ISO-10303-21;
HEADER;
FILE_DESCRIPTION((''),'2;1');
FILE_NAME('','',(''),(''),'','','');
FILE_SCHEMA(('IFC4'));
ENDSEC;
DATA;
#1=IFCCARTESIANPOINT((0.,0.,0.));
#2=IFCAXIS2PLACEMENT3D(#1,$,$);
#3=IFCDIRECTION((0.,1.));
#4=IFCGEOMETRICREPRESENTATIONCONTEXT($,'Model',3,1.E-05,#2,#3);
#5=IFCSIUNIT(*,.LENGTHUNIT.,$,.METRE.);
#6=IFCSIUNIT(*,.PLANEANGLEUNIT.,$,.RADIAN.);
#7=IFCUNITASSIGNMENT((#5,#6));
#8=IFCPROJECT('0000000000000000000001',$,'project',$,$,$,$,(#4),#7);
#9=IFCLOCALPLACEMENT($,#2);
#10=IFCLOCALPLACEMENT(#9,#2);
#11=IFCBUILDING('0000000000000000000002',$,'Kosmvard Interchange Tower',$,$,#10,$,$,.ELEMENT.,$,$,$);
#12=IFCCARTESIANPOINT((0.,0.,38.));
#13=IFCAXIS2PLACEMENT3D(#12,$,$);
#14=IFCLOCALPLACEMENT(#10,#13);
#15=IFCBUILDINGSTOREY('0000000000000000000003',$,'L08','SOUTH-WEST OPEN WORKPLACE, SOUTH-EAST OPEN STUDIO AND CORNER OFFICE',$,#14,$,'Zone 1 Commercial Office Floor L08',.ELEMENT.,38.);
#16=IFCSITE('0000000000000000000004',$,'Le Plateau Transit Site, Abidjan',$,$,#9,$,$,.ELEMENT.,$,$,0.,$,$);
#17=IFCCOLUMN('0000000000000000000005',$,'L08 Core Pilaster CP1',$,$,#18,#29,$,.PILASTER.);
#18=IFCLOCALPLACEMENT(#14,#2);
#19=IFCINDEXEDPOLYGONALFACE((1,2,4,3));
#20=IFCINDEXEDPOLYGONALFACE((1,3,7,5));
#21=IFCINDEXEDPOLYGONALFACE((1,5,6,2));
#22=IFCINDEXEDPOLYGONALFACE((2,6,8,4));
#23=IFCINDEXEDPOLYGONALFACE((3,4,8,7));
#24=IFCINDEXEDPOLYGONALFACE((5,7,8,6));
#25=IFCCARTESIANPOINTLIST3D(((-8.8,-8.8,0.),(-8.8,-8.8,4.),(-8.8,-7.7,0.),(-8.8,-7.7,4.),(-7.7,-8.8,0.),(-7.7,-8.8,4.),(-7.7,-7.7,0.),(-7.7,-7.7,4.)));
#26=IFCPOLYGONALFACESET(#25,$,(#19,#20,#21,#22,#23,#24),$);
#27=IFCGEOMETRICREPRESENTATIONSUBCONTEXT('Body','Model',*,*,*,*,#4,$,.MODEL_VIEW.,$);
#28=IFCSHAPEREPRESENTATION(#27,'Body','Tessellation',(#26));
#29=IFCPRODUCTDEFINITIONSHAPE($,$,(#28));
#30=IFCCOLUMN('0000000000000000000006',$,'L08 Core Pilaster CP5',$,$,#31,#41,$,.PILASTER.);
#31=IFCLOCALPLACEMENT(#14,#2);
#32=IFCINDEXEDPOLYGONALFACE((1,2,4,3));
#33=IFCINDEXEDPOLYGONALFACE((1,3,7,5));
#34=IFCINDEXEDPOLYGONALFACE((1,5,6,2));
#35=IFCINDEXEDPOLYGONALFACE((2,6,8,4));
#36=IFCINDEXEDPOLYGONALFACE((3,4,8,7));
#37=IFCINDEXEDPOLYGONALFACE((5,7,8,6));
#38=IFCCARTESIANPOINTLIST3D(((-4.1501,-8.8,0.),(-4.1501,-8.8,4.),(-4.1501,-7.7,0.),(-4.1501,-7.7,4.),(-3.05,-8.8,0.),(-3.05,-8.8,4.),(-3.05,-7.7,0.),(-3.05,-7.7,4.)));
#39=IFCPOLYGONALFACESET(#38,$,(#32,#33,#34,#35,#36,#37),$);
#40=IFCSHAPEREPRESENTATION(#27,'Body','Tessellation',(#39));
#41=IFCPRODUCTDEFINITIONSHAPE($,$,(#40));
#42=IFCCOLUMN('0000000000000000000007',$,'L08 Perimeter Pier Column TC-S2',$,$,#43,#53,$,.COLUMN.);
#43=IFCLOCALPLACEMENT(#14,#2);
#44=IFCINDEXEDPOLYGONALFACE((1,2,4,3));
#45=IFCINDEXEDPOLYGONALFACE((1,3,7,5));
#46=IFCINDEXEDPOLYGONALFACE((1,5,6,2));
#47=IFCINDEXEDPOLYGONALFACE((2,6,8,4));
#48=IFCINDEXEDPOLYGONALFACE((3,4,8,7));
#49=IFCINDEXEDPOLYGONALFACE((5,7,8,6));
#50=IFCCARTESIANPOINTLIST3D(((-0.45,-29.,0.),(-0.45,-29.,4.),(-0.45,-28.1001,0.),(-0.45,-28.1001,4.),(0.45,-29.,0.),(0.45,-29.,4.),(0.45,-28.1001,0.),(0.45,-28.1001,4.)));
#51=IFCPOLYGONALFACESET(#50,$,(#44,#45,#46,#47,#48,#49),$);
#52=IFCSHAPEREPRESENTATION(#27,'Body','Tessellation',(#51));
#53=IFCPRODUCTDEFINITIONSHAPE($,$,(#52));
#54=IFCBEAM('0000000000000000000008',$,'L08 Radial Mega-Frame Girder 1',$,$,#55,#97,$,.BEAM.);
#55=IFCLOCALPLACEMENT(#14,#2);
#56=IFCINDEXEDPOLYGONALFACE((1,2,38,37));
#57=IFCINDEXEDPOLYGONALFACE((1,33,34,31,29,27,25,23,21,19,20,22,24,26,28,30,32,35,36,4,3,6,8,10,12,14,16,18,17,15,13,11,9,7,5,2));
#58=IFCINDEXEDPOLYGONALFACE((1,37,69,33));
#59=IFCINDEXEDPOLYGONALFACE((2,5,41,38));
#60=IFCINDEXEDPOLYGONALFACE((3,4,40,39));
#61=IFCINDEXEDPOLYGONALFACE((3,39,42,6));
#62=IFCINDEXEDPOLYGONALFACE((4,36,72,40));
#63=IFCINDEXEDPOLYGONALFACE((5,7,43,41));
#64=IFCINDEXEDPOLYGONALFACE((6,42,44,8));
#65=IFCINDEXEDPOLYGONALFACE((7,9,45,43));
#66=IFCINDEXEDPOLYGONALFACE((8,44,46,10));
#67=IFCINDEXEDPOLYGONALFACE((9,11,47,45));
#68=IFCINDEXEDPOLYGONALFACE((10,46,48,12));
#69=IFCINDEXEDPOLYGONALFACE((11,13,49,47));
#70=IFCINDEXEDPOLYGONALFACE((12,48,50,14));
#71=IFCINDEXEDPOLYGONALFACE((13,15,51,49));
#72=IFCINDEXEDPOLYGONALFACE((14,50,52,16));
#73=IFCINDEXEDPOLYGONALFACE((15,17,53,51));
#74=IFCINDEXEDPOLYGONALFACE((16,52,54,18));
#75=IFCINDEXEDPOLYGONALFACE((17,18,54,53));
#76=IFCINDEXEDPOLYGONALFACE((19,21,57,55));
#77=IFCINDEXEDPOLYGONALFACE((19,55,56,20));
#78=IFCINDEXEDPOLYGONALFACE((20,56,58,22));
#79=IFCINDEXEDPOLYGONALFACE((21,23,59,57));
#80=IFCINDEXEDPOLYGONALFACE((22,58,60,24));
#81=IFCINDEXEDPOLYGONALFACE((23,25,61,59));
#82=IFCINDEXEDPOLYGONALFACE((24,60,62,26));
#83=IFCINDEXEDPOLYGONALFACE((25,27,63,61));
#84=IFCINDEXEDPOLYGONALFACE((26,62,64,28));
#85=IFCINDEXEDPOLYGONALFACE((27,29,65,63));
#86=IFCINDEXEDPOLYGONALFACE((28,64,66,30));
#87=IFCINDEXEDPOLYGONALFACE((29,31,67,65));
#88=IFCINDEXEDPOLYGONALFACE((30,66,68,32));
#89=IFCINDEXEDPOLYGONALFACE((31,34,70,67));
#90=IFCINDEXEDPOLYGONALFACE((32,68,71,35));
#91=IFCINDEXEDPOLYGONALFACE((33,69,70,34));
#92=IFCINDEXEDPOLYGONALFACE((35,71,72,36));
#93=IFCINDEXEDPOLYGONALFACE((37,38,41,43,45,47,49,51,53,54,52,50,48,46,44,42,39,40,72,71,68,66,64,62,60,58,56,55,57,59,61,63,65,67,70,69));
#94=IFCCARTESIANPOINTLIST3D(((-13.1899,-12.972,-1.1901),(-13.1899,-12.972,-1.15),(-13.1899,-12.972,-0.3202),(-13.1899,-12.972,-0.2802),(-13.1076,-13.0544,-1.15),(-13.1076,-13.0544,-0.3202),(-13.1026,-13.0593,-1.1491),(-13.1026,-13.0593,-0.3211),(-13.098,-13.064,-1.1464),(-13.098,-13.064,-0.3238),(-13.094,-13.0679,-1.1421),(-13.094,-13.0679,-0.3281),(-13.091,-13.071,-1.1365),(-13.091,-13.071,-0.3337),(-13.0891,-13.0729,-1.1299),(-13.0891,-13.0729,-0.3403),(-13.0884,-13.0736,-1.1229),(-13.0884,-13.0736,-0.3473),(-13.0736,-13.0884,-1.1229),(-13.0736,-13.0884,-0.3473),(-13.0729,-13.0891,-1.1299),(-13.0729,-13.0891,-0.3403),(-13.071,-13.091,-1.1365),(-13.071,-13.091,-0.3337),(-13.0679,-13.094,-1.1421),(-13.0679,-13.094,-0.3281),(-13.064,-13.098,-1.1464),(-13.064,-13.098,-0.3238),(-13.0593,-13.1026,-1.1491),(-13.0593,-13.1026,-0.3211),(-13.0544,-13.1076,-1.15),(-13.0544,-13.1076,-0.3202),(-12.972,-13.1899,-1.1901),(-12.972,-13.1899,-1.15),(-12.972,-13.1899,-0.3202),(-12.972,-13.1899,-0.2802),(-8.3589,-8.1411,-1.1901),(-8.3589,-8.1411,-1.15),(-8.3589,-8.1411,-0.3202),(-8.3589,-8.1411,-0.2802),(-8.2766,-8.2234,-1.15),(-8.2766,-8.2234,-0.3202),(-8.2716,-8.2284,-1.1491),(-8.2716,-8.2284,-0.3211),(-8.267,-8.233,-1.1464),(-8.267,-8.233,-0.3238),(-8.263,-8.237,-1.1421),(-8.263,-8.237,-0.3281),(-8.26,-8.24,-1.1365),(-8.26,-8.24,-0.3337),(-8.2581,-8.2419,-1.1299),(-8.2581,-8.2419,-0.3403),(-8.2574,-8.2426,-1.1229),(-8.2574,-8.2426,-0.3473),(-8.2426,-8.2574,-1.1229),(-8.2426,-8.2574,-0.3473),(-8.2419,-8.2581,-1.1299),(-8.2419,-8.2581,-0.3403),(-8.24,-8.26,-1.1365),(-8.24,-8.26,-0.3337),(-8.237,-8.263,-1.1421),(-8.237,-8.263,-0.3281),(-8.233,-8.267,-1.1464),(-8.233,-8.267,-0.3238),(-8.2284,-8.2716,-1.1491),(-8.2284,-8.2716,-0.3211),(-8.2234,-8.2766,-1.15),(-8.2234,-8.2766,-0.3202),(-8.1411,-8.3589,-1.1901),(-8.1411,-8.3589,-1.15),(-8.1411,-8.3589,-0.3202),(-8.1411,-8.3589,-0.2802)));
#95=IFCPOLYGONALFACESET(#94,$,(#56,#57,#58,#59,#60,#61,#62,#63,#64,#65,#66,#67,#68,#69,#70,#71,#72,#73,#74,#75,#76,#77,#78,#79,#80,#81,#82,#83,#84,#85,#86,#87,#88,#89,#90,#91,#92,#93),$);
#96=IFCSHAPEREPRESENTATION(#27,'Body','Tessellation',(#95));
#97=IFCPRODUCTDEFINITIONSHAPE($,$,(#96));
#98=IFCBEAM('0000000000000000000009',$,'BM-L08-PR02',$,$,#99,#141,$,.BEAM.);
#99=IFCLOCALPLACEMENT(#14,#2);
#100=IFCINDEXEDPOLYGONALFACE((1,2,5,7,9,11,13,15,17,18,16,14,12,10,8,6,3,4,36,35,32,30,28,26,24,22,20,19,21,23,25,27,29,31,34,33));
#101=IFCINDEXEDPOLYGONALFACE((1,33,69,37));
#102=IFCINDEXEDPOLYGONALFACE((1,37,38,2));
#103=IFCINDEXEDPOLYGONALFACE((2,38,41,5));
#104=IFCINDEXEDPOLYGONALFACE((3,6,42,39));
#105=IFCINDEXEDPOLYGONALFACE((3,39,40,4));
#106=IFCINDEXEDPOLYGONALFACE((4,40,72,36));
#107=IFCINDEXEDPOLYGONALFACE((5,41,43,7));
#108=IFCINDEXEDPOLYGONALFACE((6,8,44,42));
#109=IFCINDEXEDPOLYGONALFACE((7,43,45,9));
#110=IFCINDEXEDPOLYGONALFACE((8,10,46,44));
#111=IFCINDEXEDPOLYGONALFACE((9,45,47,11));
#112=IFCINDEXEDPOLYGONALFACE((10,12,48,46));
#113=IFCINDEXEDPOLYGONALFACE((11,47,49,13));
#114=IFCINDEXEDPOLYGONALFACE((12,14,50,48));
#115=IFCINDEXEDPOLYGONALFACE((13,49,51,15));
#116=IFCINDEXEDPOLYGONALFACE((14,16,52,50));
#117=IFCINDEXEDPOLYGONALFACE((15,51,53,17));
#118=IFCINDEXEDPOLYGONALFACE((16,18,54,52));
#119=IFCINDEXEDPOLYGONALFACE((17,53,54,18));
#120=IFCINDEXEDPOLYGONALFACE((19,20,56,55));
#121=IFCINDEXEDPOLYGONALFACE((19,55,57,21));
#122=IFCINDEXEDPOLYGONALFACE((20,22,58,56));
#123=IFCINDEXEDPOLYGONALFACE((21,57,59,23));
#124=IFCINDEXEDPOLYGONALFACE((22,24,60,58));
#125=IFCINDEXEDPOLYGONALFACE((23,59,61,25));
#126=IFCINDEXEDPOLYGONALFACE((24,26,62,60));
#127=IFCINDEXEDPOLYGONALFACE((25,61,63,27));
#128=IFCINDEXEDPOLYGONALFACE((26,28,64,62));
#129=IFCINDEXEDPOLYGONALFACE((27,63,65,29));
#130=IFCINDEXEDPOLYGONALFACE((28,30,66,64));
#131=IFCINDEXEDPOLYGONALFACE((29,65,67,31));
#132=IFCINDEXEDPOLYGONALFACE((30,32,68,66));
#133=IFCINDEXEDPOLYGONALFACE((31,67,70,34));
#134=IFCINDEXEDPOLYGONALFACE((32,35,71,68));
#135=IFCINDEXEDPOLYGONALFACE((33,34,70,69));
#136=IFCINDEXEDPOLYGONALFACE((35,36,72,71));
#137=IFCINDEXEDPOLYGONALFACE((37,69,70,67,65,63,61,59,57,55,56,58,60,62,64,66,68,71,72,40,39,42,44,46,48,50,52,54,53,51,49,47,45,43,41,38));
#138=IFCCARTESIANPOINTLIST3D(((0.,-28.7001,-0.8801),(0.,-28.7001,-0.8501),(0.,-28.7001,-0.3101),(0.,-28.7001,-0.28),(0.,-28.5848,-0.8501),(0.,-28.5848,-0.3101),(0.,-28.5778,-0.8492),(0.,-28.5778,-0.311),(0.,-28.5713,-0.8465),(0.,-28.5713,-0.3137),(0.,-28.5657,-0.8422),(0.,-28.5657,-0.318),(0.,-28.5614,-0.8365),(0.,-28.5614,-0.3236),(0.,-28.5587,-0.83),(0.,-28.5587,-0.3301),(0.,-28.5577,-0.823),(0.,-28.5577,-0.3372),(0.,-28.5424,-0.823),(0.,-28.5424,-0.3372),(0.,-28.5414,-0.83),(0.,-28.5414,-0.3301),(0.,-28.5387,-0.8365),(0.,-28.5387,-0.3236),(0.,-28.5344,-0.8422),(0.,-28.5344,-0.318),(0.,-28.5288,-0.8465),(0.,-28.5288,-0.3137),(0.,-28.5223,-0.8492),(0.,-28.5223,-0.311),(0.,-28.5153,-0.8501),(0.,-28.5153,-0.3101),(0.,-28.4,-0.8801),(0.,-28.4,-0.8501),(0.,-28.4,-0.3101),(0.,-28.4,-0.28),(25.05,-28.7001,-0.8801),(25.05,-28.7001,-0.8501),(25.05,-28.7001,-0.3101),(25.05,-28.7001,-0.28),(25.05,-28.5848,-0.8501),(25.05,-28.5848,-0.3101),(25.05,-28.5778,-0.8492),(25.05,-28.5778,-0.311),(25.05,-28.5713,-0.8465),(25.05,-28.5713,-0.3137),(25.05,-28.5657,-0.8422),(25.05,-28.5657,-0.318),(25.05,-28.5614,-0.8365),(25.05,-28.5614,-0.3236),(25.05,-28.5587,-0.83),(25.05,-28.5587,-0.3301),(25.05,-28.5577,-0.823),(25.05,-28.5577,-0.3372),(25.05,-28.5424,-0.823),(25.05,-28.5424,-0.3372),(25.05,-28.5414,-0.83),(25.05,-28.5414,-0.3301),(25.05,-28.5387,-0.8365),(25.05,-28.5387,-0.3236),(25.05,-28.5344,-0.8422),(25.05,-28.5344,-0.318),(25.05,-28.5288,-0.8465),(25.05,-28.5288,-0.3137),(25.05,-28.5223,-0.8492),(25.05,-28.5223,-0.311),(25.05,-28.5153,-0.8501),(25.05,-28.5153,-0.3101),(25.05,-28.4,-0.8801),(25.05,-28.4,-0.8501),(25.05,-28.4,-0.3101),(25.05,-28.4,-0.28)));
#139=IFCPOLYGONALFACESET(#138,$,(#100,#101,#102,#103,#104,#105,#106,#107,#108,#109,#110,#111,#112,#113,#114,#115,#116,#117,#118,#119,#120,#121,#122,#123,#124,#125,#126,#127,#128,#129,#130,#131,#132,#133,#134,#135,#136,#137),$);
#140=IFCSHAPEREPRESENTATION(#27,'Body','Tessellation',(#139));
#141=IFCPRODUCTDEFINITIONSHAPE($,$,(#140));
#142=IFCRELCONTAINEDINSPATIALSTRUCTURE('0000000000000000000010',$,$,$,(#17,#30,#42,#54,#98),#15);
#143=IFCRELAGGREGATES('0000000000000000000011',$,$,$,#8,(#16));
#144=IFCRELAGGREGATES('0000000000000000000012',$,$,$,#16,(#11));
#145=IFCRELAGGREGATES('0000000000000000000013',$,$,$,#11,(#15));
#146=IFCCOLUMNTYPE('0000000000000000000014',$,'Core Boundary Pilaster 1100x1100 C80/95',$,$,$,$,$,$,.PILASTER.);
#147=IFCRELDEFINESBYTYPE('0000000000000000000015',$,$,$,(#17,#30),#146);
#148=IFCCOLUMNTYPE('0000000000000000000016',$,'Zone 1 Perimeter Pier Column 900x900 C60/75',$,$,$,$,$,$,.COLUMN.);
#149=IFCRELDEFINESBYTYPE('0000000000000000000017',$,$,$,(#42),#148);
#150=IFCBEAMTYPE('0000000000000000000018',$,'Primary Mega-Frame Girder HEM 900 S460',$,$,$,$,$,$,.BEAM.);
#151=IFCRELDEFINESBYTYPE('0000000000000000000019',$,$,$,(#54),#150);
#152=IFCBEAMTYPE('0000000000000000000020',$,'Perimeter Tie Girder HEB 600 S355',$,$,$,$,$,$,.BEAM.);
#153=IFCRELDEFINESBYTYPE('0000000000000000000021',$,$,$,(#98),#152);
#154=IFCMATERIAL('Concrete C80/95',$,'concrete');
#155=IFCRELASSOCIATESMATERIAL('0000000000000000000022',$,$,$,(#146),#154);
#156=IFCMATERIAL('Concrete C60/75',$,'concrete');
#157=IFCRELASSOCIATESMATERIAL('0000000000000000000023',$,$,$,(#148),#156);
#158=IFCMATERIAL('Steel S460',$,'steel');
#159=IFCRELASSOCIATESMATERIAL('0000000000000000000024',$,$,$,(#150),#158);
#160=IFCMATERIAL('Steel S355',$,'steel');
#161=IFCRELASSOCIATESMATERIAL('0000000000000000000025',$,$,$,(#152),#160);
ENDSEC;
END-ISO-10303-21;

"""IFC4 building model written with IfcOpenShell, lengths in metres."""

from ifc_helpers import new_model, si_unit, direction, frame, origin, origin_2d, place, context, subcontext, project, spatial, rectangle, i_section, extrude, source, transform, mapped, material, material_profile, profile_set, type_object, element, save


model = new_model("IFC4")

# Units and contexts
model_context = context("Model", 3, precision=1e-05, world=origin(), true_north=direction((0.0, 1.0)))
body_context = subcontext(model_context, "Body", "Model", "MODEL_VIEW")
ifc_project = project(units=[si_unit("LENGTHUNIT", "METRE"), si_unit("PLANEANGLEUNIT", "RADIAN")], contexts=[model_context])

# Site, building, storey
site_placement = place(None, origin())
site = spatial("IfcSite", under=ifc_project, at=site_placement, Name="Le Plateau Transit Site, Abidjan", CompositionType="ELEMENT", RefElevation=0.0)
building_placement = place(site_placement, origin())
building = spatial("IfcBuilding", under=site, at=building_placement, Name="Kosmvard Interchange Tower", CompositionType="ELEMENT")
storey_placement = place(building_placement, frame((0.0, 0.0, 38.0)))
storey = spatial("IfcBuildingStorey", under=building, at=storey_placement, Name="L08", Description="SOUTH-WEST OPEN WORKPLACE, SOUTH-EAST OPEN STUDIO AND CORNER OFFICE", LongName="Zone 1 Commercial Office Floor L08", CompositionType="ELEMENT", Elevation=38.0)

# Columns
ifc_material_1 = material(Name="Concrete C80/95", Category="concrete")
ifc_material_profile_1 = material_profile(ifc_material_1, rectangle(XDim=1.1001, YDim=1.1001, at=origin_2d()), Name="CP 1100x1100")
ifc_profile_set_1 = profile_set([ifc_material_profile_1], Name="Concrete C80/95")
column_type_1 = type_object("IfcColumnType", Name="Core Boundary Pilaster 1100x1100 C80/95", PredefinedType="PILASTER", material=ifc_profile_set_1)
shared_shape_1 = source(origin(), body_context, "Body", "SweptSolid", [
    extrude(rectangle(XDim=1.1001, YDim=1.1001, at=origin_2d()), origin(), (0.0, 0.0, 1.0), 4.0),
])
for number, where, z_axis, x_axis, name in (
    (1, (-8.25, -8.25, 0.0), (0.0, 0.0, 1.0), (1.0, 0.0, 0.0), "L08 Core Pilaster CP1"),
    (2, (-3.6001, -8.25, 0.0), (0.0, 0.0, 1.0), (1.0, 0.0, 0.0), "L08 Core Pilaster CP5"),
):
    element("IfcColumn", number, at=place(storey_placement, frame(where, z_axis=z_axis, x_axis=x_axis)), inside=storey, type_object=column_type_1, Name=name, PredefinedType="PILASTER", context=body_context, shape_type="MappedRepresentation", body=[
        mapped(shared_shape_1, transform((0.0, 0.0, 0.0), scale=1.0)),
    ])
ifc_material_2 = material(Name="Concrete C60/75", Category="concrete")
ifc_material_profile_2 = material_profile(ifc_material_2, rectangle(XDim=0.8999, YDim=0.8999, at=origin_2d()), Name="TC 900x900")
ifc_profile_set_2 = profile_set([ifc_material_profile_2], Name="Concrete C60/75")
column_type_2 = type_object("IfcColumnType", Name="Zone 1 Perimeter Pier Column 900x900 C60/75", PredefinedType="COLUMN", material=ifc_profile_set_2)
shared_shape_2 = source(origin(), body_context, "Body", "SweptSolid", [
    extrude(rectangle(XDim=0.8999, YDim=0.8999, at=origin_2d()), origin(), (0.0, 0.0, 1.0), 4.0),
])
column_placement = place(storey_placement, frame((0.0, -28.55, 0.0), z_axis=(0.0, 0.0, 1.0), x_axis=(1.0, 0.0, 0.0)))
element("IfcColumn", 3, at=column_placement, inside=storey, type_object=column_type_2, Name="L08 Perimeter Pier Column TC-S2", PredefinedType="COLUMN", context=body_context, shape_type="MappedRepresentation", body=[
    mapped(shared_shape_2, transform((0.0, 0.0, 0.0), scale=1.0)),
])

# Beams
ifc_material_3 = material(Name="Steel S460", Category="steel")
ifc_material_profile_3 = material_profile(ifc_material_3, i_section(OverallWidth=0.3081, OverallDepth=0.9099, WebThickness=0.021, FlangeThickness=0.04, FilletRadius=0.0271, at=origin_2d()), Name="HEM 900")
ifc_profile_set_3 = profile_set([ifc_material_profile_3], Name="Steel S460")
beam_type_1 = type_object("IfcBeamType", Name="Primary Mega-Frame Girder HEM 900 S460", PredefinedType="BEAM", material=ifc_profile_set_3)
shared_shape_3 = source(origin(), body_context, "Body", "SweptSolid", [
    extrude(i_section(OverallWidth=0.3081, OverallDepth=0.9099, WebThickness=0.021, FlangeThickness=0.04, FilletRadius=0.0271, at=origin_2d()), origin(), (0.0, 0.0, 1.0), 6.832),
])
beam_1_placement = place(storey_placement, frame((-8.25, -8.25, -0.7351), z_axis=(-0.707107, -0.707107, 0.0), x_axis=(0.707107, -0.707107, 0.0)))
element("IfcBeam", 4, at=beam_1_placement, inside=storey, type_object=beam_type_1, Name="L08 Radial Mega-Frame Girder 1", PredefinedType="BEAM", context=body_context, shape_type="MappedRepresentation", body=[
    mapped(shared_shape_3, transform((0.0, 0.0, 0.0), scale=1.0)),
])
ifc_material_4 = material(Name="Steel S355", Category="steel")
ifc_material_profile_4 = material_profile(ifc_material_4, i_section(OverallWidth=0.3, OverallDepth=0.6001, WebThickness=0.0154, FlangeThickness=0.03, FilletRadius=0.0271, at=origin_2d()), Name="HEB 600")
ifc_profile_set_4 = profile_set([ifc_material_profile_4], Name="Steel S355")
beam_type_2 = type_object("IfcBeamType", Name="Perimeter Tie Girder HEB 600 S355", PredefinedType="BEAM", material=ifc_profile_set_4)
shared_shape_4 = source(origin(), body_context, "Body", "SweptSolid", [
    extrude(i_section(OverallWidth=0.3, OverallDepth=0.6001, WebThickness=0.0154, FlangeThickness=0.03, FilletRadius=0.0271, at=origin_2d()), origin(), (0.0, 0.0, 1.0), 25.05),
])
beam_2_placement = place(storey_placement, frame((0.0, -28.55, -0.5801), z_axis=(1.0, 0.0, 0.0), x_axis=(0.0, 1.0, 0.0)))
element("IfcBeam", 5, at=beam_2_placement, inside=storey, type_object=beam_type_2, Name="BM-L08-PR02", PredefinedType="BEAM", context=body_context, shape_type="MappedRepresentation", body=[
    mapped(shared_shape_4, transform((0.0, 0.0, 0.0), scale=1.0)),
])

save(model, "model.ifc")
